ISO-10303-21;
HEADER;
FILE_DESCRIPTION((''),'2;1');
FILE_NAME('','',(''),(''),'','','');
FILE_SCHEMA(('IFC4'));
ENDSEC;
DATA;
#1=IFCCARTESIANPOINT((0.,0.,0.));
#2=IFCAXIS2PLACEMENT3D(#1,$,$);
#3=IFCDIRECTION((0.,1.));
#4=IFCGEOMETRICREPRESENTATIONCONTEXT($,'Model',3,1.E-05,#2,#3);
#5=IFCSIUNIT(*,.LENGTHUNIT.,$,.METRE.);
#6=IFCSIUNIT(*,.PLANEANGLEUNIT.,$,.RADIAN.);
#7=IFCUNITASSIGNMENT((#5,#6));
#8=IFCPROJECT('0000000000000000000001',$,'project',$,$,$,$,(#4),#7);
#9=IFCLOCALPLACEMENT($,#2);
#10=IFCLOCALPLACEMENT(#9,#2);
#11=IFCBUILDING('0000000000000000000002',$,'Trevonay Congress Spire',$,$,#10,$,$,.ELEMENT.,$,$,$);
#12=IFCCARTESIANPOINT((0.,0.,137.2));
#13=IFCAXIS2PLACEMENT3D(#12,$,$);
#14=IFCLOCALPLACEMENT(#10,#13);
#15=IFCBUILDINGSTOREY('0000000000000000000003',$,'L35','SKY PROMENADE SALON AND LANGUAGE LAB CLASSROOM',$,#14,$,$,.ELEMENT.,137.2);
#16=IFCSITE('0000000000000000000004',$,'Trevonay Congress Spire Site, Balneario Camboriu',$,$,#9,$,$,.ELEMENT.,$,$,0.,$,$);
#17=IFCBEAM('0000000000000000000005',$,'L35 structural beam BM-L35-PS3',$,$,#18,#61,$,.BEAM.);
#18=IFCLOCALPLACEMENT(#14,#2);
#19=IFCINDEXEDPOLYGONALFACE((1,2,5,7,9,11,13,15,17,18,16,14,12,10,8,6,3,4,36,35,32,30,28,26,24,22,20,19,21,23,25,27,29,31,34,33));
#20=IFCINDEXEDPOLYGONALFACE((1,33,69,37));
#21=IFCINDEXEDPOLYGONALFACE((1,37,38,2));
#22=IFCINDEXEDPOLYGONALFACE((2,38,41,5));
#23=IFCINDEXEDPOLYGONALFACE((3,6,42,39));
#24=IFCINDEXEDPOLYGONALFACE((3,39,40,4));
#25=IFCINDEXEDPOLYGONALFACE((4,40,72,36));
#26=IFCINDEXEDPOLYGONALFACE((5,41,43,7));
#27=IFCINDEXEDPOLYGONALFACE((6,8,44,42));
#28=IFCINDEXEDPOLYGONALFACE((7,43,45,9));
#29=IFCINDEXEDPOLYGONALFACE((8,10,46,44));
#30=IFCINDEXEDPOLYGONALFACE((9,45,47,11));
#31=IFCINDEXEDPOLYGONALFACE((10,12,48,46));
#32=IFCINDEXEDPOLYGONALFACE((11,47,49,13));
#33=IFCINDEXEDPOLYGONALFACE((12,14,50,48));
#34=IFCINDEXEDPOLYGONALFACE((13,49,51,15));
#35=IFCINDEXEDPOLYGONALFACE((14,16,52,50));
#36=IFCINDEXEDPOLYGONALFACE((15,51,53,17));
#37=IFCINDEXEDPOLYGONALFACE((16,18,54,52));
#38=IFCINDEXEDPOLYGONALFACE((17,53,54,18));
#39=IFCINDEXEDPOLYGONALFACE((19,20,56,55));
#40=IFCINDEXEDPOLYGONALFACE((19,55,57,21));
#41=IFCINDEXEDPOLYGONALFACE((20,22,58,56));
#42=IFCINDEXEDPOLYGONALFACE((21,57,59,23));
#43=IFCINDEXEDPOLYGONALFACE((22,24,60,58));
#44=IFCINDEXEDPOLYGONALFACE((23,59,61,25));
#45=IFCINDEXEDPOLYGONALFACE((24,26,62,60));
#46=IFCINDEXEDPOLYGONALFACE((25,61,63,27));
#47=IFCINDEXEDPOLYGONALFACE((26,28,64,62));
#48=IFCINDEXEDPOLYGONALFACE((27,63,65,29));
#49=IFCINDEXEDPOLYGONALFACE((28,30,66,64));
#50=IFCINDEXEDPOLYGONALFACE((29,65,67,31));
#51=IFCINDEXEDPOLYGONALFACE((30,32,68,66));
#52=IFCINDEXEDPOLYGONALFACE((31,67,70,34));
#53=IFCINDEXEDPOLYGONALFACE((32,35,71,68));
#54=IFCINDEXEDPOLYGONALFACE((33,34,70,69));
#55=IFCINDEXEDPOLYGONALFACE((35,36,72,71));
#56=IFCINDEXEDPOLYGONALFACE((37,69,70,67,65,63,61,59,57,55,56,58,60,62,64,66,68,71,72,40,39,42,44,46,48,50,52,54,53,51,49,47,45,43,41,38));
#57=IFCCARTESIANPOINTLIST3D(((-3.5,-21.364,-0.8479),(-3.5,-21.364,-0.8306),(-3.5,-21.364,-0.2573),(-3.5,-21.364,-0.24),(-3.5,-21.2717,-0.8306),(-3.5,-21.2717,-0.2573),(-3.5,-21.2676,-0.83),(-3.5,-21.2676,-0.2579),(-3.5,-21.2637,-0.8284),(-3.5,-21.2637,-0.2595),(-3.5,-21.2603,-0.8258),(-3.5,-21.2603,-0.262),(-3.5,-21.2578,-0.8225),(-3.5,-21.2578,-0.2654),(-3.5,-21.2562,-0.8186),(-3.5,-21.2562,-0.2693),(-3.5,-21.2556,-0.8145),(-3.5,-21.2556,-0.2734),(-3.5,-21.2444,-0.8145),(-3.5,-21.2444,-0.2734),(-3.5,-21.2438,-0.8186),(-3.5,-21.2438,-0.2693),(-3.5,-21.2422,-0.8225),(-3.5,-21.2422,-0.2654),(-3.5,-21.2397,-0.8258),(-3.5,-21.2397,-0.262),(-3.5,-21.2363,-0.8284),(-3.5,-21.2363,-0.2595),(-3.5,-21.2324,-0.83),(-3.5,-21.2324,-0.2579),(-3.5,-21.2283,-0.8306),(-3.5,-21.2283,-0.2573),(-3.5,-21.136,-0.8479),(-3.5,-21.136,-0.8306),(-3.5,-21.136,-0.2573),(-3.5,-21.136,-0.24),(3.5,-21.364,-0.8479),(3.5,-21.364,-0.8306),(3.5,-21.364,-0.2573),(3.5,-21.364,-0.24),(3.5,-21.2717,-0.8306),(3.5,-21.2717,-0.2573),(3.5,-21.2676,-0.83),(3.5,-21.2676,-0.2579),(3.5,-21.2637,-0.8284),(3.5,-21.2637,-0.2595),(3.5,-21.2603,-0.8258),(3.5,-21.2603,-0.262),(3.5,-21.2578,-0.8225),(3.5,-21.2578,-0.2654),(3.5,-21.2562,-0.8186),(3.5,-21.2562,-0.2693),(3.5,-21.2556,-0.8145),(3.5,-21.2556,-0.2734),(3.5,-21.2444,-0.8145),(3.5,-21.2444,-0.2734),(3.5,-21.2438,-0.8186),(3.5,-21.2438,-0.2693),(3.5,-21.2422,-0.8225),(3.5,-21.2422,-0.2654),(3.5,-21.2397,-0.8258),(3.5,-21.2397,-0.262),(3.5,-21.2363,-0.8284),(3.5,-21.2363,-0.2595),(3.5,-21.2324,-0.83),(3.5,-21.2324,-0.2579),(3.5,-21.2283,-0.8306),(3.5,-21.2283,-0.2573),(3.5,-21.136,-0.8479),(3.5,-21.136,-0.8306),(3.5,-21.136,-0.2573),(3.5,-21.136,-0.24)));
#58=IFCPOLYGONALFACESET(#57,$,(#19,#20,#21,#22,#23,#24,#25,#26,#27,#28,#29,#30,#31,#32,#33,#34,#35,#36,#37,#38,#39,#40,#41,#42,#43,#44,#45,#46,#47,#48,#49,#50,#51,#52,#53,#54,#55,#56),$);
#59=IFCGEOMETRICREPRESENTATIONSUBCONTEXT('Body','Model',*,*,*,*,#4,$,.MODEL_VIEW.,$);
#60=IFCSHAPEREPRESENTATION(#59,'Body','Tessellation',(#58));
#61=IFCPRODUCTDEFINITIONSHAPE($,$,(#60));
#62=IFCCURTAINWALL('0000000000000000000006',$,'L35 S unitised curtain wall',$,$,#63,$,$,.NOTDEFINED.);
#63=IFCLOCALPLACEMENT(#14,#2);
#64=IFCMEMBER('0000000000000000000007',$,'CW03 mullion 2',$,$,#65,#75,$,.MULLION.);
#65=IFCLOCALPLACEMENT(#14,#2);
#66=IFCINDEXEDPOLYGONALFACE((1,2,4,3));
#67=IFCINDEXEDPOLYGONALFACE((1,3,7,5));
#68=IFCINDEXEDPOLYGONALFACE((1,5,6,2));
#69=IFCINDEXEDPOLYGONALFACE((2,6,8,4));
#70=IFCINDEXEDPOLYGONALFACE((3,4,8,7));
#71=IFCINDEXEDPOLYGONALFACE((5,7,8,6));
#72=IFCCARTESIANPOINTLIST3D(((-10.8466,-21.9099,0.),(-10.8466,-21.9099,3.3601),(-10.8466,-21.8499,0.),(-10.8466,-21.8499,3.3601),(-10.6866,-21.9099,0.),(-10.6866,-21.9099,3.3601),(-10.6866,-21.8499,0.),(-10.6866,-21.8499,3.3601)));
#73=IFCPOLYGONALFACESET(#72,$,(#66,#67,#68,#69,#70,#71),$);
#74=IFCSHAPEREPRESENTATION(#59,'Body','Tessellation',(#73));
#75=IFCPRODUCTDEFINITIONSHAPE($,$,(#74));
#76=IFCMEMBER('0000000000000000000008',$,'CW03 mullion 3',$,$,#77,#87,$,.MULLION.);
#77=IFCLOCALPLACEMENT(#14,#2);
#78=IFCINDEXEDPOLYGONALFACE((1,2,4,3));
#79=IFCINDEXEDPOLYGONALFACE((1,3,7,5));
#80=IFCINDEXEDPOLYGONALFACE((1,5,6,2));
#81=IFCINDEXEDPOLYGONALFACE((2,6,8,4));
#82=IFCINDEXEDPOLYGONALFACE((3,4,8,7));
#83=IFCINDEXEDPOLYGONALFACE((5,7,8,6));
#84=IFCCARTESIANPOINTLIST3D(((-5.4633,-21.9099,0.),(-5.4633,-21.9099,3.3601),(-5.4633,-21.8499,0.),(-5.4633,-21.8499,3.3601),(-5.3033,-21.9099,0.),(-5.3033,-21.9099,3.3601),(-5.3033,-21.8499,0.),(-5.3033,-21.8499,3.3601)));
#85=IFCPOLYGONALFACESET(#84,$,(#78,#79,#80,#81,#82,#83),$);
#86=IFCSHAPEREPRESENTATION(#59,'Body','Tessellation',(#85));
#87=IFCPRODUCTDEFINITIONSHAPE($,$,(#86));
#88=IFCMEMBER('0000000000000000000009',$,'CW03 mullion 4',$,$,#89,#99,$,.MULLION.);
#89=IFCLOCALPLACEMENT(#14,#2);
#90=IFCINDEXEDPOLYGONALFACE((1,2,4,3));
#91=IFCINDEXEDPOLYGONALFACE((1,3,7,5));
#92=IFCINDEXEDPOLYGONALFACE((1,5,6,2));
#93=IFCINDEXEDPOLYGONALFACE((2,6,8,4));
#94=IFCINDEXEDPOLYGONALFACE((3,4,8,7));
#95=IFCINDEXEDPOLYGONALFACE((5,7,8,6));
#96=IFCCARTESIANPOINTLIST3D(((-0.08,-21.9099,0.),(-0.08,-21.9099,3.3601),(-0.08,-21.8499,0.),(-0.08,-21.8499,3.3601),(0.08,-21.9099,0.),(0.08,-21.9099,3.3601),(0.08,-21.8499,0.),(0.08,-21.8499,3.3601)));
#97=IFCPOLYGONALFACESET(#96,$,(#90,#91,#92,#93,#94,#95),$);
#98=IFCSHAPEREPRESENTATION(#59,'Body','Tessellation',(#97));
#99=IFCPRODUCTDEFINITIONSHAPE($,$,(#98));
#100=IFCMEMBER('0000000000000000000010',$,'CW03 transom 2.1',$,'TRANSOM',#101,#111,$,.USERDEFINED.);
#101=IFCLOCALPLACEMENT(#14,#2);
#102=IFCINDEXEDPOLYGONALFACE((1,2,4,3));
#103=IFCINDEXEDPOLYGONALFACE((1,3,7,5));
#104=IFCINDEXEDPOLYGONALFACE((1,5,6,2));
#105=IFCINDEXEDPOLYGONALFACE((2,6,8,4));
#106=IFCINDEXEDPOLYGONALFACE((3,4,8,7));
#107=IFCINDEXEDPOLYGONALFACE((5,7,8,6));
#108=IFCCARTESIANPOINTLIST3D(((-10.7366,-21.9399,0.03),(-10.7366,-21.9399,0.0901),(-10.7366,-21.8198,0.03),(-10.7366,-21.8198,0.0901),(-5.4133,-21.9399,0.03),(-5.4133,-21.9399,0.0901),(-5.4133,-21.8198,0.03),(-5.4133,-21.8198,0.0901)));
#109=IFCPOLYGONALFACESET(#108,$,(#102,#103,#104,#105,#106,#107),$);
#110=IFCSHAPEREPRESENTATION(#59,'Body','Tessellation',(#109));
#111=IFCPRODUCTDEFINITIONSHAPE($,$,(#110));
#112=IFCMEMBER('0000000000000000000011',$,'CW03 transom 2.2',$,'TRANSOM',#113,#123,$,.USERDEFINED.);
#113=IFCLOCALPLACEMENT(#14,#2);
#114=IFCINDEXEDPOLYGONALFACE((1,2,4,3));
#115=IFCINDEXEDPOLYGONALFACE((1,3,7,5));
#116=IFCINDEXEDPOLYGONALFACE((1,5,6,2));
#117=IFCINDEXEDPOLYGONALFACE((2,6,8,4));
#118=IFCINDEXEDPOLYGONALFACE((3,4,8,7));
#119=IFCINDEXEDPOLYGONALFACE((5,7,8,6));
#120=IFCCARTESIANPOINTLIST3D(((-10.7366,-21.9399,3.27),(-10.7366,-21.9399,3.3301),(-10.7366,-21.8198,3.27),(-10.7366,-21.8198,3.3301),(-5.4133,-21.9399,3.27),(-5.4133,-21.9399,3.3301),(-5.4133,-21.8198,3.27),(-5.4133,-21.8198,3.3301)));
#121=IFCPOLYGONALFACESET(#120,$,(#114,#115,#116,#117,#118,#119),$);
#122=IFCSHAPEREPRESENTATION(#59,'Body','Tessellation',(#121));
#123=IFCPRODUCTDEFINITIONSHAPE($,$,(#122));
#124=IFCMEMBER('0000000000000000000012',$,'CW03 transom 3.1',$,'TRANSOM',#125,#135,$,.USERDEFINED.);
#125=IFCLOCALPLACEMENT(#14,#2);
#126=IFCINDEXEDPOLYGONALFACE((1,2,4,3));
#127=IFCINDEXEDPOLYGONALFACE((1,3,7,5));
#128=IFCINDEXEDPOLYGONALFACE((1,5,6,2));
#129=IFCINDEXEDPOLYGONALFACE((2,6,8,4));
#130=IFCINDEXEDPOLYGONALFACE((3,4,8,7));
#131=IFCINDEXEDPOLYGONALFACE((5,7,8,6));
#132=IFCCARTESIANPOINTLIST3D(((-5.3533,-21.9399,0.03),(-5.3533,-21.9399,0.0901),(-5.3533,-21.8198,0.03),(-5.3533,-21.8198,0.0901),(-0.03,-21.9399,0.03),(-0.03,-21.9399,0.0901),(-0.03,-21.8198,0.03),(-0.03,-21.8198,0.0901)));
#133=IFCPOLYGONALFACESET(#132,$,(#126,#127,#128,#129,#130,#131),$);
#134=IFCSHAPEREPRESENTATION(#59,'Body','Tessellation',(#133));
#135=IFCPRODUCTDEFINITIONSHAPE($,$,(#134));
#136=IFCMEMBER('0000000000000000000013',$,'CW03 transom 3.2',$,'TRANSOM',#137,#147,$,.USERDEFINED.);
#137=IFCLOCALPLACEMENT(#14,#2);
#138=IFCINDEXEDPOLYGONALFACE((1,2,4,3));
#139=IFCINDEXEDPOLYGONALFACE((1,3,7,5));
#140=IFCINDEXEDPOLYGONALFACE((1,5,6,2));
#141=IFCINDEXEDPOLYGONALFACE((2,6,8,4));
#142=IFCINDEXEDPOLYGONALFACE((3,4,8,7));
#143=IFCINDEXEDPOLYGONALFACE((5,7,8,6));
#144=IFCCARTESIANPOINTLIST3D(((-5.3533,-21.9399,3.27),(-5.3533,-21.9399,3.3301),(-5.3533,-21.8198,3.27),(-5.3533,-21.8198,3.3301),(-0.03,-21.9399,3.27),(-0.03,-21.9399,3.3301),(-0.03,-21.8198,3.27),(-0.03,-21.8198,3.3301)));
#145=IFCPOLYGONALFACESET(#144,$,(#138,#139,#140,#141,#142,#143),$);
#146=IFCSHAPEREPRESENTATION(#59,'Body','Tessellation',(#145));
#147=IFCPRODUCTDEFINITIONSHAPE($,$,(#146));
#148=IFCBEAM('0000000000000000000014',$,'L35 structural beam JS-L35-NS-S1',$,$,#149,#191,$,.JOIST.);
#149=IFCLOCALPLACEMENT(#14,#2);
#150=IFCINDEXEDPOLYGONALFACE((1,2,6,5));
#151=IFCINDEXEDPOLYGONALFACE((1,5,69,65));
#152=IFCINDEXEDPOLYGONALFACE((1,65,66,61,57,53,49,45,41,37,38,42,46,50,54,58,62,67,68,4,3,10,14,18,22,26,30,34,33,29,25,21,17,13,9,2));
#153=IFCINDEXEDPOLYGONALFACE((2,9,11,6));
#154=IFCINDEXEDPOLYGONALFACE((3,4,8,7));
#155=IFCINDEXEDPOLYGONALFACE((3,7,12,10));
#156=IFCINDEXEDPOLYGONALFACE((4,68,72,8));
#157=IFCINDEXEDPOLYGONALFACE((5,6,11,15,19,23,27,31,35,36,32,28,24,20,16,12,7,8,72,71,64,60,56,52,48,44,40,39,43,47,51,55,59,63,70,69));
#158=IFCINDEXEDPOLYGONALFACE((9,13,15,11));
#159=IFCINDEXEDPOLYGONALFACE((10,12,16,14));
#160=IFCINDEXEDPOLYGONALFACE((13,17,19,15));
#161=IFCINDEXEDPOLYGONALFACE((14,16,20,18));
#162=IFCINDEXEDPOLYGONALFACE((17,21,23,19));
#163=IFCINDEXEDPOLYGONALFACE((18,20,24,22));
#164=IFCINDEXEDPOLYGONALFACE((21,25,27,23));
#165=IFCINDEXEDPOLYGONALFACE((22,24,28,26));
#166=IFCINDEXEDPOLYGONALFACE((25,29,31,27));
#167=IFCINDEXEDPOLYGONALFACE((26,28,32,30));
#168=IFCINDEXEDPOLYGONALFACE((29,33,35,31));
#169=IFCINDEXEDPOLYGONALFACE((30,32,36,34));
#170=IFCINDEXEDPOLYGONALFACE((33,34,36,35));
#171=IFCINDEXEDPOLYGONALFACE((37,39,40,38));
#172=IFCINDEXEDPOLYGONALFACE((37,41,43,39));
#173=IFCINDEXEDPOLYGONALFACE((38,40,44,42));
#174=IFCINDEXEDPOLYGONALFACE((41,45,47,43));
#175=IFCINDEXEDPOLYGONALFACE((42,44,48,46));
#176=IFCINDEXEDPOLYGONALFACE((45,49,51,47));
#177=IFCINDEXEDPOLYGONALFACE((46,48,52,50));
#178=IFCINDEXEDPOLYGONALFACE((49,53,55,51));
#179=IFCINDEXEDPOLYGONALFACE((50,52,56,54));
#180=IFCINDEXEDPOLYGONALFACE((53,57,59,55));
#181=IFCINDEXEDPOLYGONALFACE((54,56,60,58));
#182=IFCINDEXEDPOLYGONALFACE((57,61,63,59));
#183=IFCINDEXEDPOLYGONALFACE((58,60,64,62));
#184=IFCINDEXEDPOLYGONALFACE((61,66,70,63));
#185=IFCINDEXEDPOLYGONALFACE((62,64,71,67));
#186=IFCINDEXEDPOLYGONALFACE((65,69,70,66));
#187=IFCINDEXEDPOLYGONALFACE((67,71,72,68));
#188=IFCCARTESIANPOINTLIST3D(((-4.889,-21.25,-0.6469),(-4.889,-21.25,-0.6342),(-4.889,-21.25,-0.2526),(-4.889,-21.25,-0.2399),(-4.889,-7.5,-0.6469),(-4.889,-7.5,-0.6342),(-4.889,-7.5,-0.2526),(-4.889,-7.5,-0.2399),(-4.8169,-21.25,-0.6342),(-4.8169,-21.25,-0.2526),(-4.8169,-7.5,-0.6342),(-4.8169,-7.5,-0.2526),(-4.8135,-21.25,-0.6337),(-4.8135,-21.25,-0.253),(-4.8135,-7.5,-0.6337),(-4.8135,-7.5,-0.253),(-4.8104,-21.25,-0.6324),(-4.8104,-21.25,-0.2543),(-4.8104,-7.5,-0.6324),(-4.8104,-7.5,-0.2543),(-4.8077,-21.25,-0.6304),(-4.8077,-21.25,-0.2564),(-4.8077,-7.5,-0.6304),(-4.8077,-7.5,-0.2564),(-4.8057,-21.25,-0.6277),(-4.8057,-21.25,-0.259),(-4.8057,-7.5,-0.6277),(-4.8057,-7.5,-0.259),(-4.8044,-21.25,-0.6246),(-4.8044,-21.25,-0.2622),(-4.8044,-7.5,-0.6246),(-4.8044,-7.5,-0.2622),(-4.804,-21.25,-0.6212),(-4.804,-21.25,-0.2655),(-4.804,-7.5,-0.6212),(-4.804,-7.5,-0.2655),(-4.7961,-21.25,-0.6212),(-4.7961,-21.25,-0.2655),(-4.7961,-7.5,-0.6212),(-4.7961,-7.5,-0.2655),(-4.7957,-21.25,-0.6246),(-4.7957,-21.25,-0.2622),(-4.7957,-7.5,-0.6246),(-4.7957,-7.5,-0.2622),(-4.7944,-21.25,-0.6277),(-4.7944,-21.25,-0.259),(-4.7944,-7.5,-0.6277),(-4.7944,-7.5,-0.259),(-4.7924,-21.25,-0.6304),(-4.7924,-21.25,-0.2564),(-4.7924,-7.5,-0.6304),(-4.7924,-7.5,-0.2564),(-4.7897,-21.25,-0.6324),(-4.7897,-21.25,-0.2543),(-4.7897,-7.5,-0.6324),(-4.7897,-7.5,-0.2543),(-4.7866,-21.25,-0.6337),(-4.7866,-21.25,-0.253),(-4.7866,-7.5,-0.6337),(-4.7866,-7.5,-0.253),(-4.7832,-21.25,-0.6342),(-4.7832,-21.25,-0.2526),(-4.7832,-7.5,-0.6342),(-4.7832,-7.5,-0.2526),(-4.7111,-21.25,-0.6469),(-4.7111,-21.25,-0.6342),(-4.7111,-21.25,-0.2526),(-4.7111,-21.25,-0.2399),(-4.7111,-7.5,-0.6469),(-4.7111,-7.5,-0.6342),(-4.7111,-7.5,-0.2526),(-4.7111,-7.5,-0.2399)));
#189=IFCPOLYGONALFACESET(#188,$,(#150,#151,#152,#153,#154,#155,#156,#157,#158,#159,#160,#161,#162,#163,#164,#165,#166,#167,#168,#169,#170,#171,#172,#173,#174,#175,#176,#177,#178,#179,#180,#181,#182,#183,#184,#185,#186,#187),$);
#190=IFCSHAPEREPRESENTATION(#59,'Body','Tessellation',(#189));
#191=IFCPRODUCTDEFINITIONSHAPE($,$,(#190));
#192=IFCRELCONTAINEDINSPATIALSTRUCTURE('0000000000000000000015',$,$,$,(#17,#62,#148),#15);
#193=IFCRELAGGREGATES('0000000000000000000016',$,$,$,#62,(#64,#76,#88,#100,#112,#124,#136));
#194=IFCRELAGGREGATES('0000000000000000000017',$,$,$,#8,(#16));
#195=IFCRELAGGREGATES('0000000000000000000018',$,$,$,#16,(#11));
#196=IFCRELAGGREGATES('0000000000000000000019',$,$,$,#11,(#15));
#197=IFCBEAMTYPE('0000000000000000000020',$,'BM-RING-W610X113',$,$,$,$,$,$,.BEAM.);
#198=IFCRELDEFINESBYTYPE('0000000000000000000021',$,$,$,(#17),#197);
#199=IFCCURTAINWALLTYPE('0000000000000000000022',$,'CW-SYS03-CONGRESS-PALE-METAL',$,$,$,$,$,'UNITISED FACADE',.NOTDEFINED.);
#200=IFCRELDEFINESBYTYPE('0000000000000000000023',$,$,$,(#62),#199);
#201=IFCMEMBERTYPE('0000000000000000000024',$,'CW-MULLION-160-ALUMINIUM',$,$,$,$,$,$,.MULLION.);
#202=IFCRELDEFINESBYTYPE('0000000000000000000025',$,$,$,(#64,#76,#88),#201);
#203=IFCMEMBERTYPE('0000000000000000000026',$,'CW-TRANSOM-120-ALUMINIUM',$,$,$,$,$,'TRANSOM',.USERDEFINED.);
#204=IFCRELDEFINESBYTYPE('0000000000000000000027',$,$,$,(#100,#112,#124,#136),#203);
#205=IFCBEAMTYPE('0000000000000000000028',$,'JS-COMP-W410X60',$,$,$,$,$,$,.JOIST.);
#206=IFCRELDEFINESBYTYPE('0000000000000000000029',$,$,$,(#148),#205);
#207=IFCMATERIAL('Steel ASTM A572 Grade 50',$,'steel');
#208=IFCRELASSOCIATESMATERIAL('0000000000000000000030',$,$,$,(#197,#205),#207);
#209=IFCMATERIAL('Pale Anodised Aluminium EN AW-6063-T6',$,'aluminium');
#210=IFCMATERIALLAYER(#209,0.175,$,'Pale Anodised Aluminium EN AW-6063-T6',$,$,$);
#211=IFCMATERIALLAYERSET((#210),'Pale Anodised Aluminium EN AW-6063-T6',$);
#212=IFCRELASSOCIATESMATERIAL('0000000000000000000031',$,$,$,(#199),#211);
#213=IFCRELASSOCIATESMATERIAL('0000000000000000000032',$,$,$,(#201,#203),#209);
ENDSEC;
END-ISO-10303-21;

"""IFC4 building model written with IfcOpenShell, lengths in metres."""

from ifc_helpers import new_model, si_unit, direction, frame, origin, origin_2d, place, context, subcontext, project, spatial, rectangle, i_section, extrude, material, layer, layer_set, material_profile, profile_set, type_object, element, aggregate, save


model = new_model("IFC4")

# Units and contexts
model_context = context("Model", 3, precision=1e-05, world=origin(), true_north=direction((0.0, 1.0)))
body_context = subcontext(model_context, "Body", "Model", "MODEL_VIEW")
ifc_project = project(units=[si_unit("LENGTHUNIT", "METRE"), si_unit("PLANEANGLEUNIT", "RADIAN")], contexts=[model_context])

# Site, building, storey
site_placement = place(None, origin())
site = spatial("IfcSite", under=ifc_project, at=site_placement, Name="Trevonay Congress Spire Site, Balneario Camboriu", CompositionType="ELEMENT", RefElevation=0.0)
building_placement = place(site_placement, origin())
building = spatial("IfcBuilding", under=site, at=building_placement, Name="Trevonay Congress Spire", CompositionType="ELEMENT")
storey_placement = place(building_placement, frame((0.0, 0.0, 137.2)))
storey = spatial("IfcBuildingStorey", under=building, at=storey_placement, Name="L35", Description="SKY PROMENADE SALON AND LANGUAGE LAB CLASSROOM", CompositionType="ELEMENT", Elevation=137.2)

# Shared definitions
ifc_material_1 = material(Name="Steel ASTM A572 Grade 50", Category="steel")

# Beam
ifc_material_profile_1 = material_profile(ifc_material_1, i_section(OverallWidth=0.228, OverallDepth=0.6079, WebThickness=0.0112, FlangeThickness=0.0173, FilletRadius=0.0161, at=origin_2d()), Name="W610x113")
ifc_profile_set_1 = profile_set([ifc_material_profile_1], Name="Steel ASTM A572 Grade 50")
beam_type_1 = type_object("IfcBeamType", Name="BM-RING-W610X113", PredefinedType="BEAM", material=ifc_profile_set_1)
beam_1_placement = place(storey_placement, frame((-3.5, -21.25, -0.5439), z_axis=(1.0, 0.0, 0.0), x_axis=(0.0, 1.0, 0.0)))
element("IfcBeam", 1, at=beam_1_placement, inside=storey, type_object=beam_type_1, Name="L35 structural beam BM-L35-PS3", PredefinedType="BEAM", context=body_context, shape_type="SweptSolid", body=[
    extrude(i_section(OverallWidth=0.228, OverallDepth=0.6079, WebThickness=0.0112, FlangeThickness=0.0173, FilletRadius=0.0161, at=origin_2d()), origin(), (0.0, 0.0, 1.0), 7.0),
])

# Curtain wall, members
ifc_material_2 = material(Name="Pale Anodised Aluminium EN AW-6063-T6", Category="aluminium")
ifc_layer_1 = layer(ifc_material_2, 0.175, Name="Pale Anodised Aluminium EN AW-6063-T6")
ifc_layer_set_1 = layer_set([ifc_layer_1], Name="Pale Anodised Aluminium EN AW-6063-T6")
curtain_wall_type = type_object("IfcCurtainWallType", Name="CW-SYS03-CONGRESS-PALE-METAL", ElementType="UNITISED FACADE", PredefinedType="NOTDEFINED", material=ifc_layer_set_1)
curtain_wall_placement = place(storey_placement, origin())
curtain_wall = element("IfcCurtainWall", 2, at=curtain_wall_placement, inside=storey, type_object=curtain_wall_type, Name="L35 S unitised curtain wall", PredefinedType="NOTDEFINED")
ifc_material_profile_2 = material_profile(ifc_material_2, rectangle(XDim=0.0601, YDim=0.1599, at=origin_2d()), Name="CW-MULLION-160-ALUMINIUM")
ifc_profile_set_2 = profile_set([ifc_material_profile_2], Name="Pale Anodised Aluminium EN AW-6063-T6")
member_type_1 = type_object("IfcMemberType", Name="CW-MULLION-160-ALUMINIUM", PredefinedType="MULLION", material=ifc_profile_set_2)
member_1_placement = place(storey_placement, frame((-10.7666, -21.8799, 0.0), z_axis=(0.0, 0.0, 1.0), x_axis=(0.0, 1.0, 0.0)))
member_1 = element("IfcMember", 3, at=member_1_placement, type_object=member_type_1, Name="CW03 mullion 2", PredefinedType="MULLION", context=body_context, shape_type="SweptSolid", body=[
    extrude(rectangle(XDim=0.0601, YDim=0.1599, at=origin_2d()), origin(), (0.0, 0.0, 1.0), 3.3601),
])
member_2_placement = place(storey_placement, frame((-5.3833, -21.8799, 0.0), z_axis=(0.0, 0.0, 1.0), x_axis=(0.0, 1.0, 0.0)))
member_2 = element("IfcMember", 4, at=member_2_placement, type_object=member_type_1, Name="CW03 mullion 3", PredefinedType="MULLION", context=body_context, shape_type="SweptSolid", body=[
    extrude(rectangle(XDim=0.0601, YDim=0.1599, at=origin_2d()), origin(), (0.0, 0.0, 1.0), 3.3601),
])
member_3_placement = place(storey_placement, frame((0.0, -21.8799, 0.0), z_axis=(0.0, 0.0, 1.0), x_axis=(0.0, 1.0, 0.0)))
member_3 = element("IfcMember", 5, at=member_3_placement, type_object=member_type_1, Name="CW03 mullion 4", PredefinedType="MULLION", context=body_context, shape_type="SweptSolid", body=[
    extrude(rectangle(XDim=0.0601, YDim=0.1599, at=origin_2d()), origin(), (0.0, 0.0, 1.0), 3.3601),
])
ifc_material_profile_3 = material_profile(ifc_material_2, rectangle(XDim=0.1201, YDim=0.0601, at=origin_2d()), Name="CW-TRANSOM-120-ALUMINIUM")
ifc_profile_set_3 = profile_set([ifc_material_profile_3], Name="Pale Anodised Aluminium EN AW-6063-T6")
member_type_2 = type_object("IfcMemberType", Name="CW-TRANSOM-120-ALUMINIUM", ElementType="TRANSOM", PredefinedType="USERDEFINED", material=ifc_profile_set_3)
member_4_placement = place(storey_placement, frame((-10.7366, -21.8799, 0.0601), z_axis=(1.0, 0.0, 0.0), x_axis=(0.0, 1.0, 0.0)))
member_4 = element("IfcMember", 6, at=member_4_placement, type_object=member_type_2, Name="CW03 transom 2.1", ObjectType="TRANSOM", PredefinedType="USERDEFINED", context=body_context, shape_type="SweptSolid", body=[
    extrude(rectangle(XDim=0.1201, YDim=0.0601, at=origin_2d()), origin(), (0.0, 0.0, 1.0), 5.3232),
])
member_5_placement = place(storey_placement, frame((-10.7366, -21.8799, 3.3), z_axis=(1.0, 0.0, 0.0), x_axis=(0.0, 1.0, 0.0)))
member_5 = element("IfcMember", 7, at=member_5_placement, type_object=member_type_2, Name="CW03 transom 2.2", ObjectType="TRANSOM", PredefinedType="USERDEFINED", context=body_context, shape_type="SweptSolid", body=[
    extrude(rectangle(XDim=0.1201, YDim=0.0601, at=origin_2d()), origin(), (0.0, 0.0, 1.0), 5.3232),
])
member_6_placement = place(storey_placement, frame((-5.3533, -21.8799, 0.0601), z_axis=(1.0, 0.0, 0.0), x_axis=(0.0, 1.0, 0.0)))
member_6 = element("IfcMember", 8, at=member_6_placement, type_object=member_type_2, Name="CW03 transom 3.1", ObjectType="TRANSOM", PredefinedType="USERDEFINED", context=body_context, shape_type="SweptSolid", body=[
    extrude(rectangle(XDim=0.1201, YDim=0.0601, at=origin_2d()), origin(), (0.0, 0.0, 1.0), 5.3232),
])
member_7_placement = place(storey_placement, frame((-5.3533, -21.8799, 3.3), z_axis=(1.0, 0.0, 0.0), x_axis=(0.0, 1.0, 0.0)))
member_7 = element("IfcMember", 9, at=member_7_placement, type_object=member_type_2, Name="CW03 transom 3.2", ObjectType="TRANSOM", PredefinedType="USERDEFINED", context=body_context, shape_type="SweptSolid", body=[
    extrude(rectangle(XDim=0.1201, YDim=0.0601, at=origin_2d()), origin(), (0.0, 0.0, 1.0), 5.3232),
])

# Beam
ifc_material_profile_4 = material_profile(ifc_material_1, i_section(OverallWidth=0.178, OverallDepth=0.407, WebThickness=0.0078, FlangeThickness=0.0127, FilletRadius=0.0129, at=origin_2d()), Name="W410x60")
ifc_profile_set_4 = profile_set([ifc_material_profile_4], Name="Steel ASTM A572 Grade 50")
beam_type_2 = type_object("IfcBeamType", Name="JS-COMP-W410X60", PredefinedType="JOIST", material=ifc_profile_set_4)
for number, where, z_axis, x_axis, name in (
    (10, (-4.8, -21.25, -0.4434), (0.0, 1.0, 0.0), (-1.0, 0.0, 0.0), "L35 structural beam JS-L35-NS-S1"),
):
    element("IfcBeam", number, at=place(storey_placement, frame(where, z_axis=z_axis, x_axis=x_axis)), inside=storey, type_object=beam_type_2, Name=name, PredefinedType="JOIST", context=body_context, shape_type="SweptSolid", body=[
        extrude(i_section(OverallWidth=0.178, OverallDepth=0.407, WebThickness=0.0078, FlangeThickness=0.0127, FilletRadius=0.0129, at=origin_2d()), origin(), (0.0, 0.0, 1.0), 13.75),
    ])

aggregate(curtain_wall, [member_1, member_2, member_3, member_4, member_5, member_6, member_7])

save(model, "model.ifc")
